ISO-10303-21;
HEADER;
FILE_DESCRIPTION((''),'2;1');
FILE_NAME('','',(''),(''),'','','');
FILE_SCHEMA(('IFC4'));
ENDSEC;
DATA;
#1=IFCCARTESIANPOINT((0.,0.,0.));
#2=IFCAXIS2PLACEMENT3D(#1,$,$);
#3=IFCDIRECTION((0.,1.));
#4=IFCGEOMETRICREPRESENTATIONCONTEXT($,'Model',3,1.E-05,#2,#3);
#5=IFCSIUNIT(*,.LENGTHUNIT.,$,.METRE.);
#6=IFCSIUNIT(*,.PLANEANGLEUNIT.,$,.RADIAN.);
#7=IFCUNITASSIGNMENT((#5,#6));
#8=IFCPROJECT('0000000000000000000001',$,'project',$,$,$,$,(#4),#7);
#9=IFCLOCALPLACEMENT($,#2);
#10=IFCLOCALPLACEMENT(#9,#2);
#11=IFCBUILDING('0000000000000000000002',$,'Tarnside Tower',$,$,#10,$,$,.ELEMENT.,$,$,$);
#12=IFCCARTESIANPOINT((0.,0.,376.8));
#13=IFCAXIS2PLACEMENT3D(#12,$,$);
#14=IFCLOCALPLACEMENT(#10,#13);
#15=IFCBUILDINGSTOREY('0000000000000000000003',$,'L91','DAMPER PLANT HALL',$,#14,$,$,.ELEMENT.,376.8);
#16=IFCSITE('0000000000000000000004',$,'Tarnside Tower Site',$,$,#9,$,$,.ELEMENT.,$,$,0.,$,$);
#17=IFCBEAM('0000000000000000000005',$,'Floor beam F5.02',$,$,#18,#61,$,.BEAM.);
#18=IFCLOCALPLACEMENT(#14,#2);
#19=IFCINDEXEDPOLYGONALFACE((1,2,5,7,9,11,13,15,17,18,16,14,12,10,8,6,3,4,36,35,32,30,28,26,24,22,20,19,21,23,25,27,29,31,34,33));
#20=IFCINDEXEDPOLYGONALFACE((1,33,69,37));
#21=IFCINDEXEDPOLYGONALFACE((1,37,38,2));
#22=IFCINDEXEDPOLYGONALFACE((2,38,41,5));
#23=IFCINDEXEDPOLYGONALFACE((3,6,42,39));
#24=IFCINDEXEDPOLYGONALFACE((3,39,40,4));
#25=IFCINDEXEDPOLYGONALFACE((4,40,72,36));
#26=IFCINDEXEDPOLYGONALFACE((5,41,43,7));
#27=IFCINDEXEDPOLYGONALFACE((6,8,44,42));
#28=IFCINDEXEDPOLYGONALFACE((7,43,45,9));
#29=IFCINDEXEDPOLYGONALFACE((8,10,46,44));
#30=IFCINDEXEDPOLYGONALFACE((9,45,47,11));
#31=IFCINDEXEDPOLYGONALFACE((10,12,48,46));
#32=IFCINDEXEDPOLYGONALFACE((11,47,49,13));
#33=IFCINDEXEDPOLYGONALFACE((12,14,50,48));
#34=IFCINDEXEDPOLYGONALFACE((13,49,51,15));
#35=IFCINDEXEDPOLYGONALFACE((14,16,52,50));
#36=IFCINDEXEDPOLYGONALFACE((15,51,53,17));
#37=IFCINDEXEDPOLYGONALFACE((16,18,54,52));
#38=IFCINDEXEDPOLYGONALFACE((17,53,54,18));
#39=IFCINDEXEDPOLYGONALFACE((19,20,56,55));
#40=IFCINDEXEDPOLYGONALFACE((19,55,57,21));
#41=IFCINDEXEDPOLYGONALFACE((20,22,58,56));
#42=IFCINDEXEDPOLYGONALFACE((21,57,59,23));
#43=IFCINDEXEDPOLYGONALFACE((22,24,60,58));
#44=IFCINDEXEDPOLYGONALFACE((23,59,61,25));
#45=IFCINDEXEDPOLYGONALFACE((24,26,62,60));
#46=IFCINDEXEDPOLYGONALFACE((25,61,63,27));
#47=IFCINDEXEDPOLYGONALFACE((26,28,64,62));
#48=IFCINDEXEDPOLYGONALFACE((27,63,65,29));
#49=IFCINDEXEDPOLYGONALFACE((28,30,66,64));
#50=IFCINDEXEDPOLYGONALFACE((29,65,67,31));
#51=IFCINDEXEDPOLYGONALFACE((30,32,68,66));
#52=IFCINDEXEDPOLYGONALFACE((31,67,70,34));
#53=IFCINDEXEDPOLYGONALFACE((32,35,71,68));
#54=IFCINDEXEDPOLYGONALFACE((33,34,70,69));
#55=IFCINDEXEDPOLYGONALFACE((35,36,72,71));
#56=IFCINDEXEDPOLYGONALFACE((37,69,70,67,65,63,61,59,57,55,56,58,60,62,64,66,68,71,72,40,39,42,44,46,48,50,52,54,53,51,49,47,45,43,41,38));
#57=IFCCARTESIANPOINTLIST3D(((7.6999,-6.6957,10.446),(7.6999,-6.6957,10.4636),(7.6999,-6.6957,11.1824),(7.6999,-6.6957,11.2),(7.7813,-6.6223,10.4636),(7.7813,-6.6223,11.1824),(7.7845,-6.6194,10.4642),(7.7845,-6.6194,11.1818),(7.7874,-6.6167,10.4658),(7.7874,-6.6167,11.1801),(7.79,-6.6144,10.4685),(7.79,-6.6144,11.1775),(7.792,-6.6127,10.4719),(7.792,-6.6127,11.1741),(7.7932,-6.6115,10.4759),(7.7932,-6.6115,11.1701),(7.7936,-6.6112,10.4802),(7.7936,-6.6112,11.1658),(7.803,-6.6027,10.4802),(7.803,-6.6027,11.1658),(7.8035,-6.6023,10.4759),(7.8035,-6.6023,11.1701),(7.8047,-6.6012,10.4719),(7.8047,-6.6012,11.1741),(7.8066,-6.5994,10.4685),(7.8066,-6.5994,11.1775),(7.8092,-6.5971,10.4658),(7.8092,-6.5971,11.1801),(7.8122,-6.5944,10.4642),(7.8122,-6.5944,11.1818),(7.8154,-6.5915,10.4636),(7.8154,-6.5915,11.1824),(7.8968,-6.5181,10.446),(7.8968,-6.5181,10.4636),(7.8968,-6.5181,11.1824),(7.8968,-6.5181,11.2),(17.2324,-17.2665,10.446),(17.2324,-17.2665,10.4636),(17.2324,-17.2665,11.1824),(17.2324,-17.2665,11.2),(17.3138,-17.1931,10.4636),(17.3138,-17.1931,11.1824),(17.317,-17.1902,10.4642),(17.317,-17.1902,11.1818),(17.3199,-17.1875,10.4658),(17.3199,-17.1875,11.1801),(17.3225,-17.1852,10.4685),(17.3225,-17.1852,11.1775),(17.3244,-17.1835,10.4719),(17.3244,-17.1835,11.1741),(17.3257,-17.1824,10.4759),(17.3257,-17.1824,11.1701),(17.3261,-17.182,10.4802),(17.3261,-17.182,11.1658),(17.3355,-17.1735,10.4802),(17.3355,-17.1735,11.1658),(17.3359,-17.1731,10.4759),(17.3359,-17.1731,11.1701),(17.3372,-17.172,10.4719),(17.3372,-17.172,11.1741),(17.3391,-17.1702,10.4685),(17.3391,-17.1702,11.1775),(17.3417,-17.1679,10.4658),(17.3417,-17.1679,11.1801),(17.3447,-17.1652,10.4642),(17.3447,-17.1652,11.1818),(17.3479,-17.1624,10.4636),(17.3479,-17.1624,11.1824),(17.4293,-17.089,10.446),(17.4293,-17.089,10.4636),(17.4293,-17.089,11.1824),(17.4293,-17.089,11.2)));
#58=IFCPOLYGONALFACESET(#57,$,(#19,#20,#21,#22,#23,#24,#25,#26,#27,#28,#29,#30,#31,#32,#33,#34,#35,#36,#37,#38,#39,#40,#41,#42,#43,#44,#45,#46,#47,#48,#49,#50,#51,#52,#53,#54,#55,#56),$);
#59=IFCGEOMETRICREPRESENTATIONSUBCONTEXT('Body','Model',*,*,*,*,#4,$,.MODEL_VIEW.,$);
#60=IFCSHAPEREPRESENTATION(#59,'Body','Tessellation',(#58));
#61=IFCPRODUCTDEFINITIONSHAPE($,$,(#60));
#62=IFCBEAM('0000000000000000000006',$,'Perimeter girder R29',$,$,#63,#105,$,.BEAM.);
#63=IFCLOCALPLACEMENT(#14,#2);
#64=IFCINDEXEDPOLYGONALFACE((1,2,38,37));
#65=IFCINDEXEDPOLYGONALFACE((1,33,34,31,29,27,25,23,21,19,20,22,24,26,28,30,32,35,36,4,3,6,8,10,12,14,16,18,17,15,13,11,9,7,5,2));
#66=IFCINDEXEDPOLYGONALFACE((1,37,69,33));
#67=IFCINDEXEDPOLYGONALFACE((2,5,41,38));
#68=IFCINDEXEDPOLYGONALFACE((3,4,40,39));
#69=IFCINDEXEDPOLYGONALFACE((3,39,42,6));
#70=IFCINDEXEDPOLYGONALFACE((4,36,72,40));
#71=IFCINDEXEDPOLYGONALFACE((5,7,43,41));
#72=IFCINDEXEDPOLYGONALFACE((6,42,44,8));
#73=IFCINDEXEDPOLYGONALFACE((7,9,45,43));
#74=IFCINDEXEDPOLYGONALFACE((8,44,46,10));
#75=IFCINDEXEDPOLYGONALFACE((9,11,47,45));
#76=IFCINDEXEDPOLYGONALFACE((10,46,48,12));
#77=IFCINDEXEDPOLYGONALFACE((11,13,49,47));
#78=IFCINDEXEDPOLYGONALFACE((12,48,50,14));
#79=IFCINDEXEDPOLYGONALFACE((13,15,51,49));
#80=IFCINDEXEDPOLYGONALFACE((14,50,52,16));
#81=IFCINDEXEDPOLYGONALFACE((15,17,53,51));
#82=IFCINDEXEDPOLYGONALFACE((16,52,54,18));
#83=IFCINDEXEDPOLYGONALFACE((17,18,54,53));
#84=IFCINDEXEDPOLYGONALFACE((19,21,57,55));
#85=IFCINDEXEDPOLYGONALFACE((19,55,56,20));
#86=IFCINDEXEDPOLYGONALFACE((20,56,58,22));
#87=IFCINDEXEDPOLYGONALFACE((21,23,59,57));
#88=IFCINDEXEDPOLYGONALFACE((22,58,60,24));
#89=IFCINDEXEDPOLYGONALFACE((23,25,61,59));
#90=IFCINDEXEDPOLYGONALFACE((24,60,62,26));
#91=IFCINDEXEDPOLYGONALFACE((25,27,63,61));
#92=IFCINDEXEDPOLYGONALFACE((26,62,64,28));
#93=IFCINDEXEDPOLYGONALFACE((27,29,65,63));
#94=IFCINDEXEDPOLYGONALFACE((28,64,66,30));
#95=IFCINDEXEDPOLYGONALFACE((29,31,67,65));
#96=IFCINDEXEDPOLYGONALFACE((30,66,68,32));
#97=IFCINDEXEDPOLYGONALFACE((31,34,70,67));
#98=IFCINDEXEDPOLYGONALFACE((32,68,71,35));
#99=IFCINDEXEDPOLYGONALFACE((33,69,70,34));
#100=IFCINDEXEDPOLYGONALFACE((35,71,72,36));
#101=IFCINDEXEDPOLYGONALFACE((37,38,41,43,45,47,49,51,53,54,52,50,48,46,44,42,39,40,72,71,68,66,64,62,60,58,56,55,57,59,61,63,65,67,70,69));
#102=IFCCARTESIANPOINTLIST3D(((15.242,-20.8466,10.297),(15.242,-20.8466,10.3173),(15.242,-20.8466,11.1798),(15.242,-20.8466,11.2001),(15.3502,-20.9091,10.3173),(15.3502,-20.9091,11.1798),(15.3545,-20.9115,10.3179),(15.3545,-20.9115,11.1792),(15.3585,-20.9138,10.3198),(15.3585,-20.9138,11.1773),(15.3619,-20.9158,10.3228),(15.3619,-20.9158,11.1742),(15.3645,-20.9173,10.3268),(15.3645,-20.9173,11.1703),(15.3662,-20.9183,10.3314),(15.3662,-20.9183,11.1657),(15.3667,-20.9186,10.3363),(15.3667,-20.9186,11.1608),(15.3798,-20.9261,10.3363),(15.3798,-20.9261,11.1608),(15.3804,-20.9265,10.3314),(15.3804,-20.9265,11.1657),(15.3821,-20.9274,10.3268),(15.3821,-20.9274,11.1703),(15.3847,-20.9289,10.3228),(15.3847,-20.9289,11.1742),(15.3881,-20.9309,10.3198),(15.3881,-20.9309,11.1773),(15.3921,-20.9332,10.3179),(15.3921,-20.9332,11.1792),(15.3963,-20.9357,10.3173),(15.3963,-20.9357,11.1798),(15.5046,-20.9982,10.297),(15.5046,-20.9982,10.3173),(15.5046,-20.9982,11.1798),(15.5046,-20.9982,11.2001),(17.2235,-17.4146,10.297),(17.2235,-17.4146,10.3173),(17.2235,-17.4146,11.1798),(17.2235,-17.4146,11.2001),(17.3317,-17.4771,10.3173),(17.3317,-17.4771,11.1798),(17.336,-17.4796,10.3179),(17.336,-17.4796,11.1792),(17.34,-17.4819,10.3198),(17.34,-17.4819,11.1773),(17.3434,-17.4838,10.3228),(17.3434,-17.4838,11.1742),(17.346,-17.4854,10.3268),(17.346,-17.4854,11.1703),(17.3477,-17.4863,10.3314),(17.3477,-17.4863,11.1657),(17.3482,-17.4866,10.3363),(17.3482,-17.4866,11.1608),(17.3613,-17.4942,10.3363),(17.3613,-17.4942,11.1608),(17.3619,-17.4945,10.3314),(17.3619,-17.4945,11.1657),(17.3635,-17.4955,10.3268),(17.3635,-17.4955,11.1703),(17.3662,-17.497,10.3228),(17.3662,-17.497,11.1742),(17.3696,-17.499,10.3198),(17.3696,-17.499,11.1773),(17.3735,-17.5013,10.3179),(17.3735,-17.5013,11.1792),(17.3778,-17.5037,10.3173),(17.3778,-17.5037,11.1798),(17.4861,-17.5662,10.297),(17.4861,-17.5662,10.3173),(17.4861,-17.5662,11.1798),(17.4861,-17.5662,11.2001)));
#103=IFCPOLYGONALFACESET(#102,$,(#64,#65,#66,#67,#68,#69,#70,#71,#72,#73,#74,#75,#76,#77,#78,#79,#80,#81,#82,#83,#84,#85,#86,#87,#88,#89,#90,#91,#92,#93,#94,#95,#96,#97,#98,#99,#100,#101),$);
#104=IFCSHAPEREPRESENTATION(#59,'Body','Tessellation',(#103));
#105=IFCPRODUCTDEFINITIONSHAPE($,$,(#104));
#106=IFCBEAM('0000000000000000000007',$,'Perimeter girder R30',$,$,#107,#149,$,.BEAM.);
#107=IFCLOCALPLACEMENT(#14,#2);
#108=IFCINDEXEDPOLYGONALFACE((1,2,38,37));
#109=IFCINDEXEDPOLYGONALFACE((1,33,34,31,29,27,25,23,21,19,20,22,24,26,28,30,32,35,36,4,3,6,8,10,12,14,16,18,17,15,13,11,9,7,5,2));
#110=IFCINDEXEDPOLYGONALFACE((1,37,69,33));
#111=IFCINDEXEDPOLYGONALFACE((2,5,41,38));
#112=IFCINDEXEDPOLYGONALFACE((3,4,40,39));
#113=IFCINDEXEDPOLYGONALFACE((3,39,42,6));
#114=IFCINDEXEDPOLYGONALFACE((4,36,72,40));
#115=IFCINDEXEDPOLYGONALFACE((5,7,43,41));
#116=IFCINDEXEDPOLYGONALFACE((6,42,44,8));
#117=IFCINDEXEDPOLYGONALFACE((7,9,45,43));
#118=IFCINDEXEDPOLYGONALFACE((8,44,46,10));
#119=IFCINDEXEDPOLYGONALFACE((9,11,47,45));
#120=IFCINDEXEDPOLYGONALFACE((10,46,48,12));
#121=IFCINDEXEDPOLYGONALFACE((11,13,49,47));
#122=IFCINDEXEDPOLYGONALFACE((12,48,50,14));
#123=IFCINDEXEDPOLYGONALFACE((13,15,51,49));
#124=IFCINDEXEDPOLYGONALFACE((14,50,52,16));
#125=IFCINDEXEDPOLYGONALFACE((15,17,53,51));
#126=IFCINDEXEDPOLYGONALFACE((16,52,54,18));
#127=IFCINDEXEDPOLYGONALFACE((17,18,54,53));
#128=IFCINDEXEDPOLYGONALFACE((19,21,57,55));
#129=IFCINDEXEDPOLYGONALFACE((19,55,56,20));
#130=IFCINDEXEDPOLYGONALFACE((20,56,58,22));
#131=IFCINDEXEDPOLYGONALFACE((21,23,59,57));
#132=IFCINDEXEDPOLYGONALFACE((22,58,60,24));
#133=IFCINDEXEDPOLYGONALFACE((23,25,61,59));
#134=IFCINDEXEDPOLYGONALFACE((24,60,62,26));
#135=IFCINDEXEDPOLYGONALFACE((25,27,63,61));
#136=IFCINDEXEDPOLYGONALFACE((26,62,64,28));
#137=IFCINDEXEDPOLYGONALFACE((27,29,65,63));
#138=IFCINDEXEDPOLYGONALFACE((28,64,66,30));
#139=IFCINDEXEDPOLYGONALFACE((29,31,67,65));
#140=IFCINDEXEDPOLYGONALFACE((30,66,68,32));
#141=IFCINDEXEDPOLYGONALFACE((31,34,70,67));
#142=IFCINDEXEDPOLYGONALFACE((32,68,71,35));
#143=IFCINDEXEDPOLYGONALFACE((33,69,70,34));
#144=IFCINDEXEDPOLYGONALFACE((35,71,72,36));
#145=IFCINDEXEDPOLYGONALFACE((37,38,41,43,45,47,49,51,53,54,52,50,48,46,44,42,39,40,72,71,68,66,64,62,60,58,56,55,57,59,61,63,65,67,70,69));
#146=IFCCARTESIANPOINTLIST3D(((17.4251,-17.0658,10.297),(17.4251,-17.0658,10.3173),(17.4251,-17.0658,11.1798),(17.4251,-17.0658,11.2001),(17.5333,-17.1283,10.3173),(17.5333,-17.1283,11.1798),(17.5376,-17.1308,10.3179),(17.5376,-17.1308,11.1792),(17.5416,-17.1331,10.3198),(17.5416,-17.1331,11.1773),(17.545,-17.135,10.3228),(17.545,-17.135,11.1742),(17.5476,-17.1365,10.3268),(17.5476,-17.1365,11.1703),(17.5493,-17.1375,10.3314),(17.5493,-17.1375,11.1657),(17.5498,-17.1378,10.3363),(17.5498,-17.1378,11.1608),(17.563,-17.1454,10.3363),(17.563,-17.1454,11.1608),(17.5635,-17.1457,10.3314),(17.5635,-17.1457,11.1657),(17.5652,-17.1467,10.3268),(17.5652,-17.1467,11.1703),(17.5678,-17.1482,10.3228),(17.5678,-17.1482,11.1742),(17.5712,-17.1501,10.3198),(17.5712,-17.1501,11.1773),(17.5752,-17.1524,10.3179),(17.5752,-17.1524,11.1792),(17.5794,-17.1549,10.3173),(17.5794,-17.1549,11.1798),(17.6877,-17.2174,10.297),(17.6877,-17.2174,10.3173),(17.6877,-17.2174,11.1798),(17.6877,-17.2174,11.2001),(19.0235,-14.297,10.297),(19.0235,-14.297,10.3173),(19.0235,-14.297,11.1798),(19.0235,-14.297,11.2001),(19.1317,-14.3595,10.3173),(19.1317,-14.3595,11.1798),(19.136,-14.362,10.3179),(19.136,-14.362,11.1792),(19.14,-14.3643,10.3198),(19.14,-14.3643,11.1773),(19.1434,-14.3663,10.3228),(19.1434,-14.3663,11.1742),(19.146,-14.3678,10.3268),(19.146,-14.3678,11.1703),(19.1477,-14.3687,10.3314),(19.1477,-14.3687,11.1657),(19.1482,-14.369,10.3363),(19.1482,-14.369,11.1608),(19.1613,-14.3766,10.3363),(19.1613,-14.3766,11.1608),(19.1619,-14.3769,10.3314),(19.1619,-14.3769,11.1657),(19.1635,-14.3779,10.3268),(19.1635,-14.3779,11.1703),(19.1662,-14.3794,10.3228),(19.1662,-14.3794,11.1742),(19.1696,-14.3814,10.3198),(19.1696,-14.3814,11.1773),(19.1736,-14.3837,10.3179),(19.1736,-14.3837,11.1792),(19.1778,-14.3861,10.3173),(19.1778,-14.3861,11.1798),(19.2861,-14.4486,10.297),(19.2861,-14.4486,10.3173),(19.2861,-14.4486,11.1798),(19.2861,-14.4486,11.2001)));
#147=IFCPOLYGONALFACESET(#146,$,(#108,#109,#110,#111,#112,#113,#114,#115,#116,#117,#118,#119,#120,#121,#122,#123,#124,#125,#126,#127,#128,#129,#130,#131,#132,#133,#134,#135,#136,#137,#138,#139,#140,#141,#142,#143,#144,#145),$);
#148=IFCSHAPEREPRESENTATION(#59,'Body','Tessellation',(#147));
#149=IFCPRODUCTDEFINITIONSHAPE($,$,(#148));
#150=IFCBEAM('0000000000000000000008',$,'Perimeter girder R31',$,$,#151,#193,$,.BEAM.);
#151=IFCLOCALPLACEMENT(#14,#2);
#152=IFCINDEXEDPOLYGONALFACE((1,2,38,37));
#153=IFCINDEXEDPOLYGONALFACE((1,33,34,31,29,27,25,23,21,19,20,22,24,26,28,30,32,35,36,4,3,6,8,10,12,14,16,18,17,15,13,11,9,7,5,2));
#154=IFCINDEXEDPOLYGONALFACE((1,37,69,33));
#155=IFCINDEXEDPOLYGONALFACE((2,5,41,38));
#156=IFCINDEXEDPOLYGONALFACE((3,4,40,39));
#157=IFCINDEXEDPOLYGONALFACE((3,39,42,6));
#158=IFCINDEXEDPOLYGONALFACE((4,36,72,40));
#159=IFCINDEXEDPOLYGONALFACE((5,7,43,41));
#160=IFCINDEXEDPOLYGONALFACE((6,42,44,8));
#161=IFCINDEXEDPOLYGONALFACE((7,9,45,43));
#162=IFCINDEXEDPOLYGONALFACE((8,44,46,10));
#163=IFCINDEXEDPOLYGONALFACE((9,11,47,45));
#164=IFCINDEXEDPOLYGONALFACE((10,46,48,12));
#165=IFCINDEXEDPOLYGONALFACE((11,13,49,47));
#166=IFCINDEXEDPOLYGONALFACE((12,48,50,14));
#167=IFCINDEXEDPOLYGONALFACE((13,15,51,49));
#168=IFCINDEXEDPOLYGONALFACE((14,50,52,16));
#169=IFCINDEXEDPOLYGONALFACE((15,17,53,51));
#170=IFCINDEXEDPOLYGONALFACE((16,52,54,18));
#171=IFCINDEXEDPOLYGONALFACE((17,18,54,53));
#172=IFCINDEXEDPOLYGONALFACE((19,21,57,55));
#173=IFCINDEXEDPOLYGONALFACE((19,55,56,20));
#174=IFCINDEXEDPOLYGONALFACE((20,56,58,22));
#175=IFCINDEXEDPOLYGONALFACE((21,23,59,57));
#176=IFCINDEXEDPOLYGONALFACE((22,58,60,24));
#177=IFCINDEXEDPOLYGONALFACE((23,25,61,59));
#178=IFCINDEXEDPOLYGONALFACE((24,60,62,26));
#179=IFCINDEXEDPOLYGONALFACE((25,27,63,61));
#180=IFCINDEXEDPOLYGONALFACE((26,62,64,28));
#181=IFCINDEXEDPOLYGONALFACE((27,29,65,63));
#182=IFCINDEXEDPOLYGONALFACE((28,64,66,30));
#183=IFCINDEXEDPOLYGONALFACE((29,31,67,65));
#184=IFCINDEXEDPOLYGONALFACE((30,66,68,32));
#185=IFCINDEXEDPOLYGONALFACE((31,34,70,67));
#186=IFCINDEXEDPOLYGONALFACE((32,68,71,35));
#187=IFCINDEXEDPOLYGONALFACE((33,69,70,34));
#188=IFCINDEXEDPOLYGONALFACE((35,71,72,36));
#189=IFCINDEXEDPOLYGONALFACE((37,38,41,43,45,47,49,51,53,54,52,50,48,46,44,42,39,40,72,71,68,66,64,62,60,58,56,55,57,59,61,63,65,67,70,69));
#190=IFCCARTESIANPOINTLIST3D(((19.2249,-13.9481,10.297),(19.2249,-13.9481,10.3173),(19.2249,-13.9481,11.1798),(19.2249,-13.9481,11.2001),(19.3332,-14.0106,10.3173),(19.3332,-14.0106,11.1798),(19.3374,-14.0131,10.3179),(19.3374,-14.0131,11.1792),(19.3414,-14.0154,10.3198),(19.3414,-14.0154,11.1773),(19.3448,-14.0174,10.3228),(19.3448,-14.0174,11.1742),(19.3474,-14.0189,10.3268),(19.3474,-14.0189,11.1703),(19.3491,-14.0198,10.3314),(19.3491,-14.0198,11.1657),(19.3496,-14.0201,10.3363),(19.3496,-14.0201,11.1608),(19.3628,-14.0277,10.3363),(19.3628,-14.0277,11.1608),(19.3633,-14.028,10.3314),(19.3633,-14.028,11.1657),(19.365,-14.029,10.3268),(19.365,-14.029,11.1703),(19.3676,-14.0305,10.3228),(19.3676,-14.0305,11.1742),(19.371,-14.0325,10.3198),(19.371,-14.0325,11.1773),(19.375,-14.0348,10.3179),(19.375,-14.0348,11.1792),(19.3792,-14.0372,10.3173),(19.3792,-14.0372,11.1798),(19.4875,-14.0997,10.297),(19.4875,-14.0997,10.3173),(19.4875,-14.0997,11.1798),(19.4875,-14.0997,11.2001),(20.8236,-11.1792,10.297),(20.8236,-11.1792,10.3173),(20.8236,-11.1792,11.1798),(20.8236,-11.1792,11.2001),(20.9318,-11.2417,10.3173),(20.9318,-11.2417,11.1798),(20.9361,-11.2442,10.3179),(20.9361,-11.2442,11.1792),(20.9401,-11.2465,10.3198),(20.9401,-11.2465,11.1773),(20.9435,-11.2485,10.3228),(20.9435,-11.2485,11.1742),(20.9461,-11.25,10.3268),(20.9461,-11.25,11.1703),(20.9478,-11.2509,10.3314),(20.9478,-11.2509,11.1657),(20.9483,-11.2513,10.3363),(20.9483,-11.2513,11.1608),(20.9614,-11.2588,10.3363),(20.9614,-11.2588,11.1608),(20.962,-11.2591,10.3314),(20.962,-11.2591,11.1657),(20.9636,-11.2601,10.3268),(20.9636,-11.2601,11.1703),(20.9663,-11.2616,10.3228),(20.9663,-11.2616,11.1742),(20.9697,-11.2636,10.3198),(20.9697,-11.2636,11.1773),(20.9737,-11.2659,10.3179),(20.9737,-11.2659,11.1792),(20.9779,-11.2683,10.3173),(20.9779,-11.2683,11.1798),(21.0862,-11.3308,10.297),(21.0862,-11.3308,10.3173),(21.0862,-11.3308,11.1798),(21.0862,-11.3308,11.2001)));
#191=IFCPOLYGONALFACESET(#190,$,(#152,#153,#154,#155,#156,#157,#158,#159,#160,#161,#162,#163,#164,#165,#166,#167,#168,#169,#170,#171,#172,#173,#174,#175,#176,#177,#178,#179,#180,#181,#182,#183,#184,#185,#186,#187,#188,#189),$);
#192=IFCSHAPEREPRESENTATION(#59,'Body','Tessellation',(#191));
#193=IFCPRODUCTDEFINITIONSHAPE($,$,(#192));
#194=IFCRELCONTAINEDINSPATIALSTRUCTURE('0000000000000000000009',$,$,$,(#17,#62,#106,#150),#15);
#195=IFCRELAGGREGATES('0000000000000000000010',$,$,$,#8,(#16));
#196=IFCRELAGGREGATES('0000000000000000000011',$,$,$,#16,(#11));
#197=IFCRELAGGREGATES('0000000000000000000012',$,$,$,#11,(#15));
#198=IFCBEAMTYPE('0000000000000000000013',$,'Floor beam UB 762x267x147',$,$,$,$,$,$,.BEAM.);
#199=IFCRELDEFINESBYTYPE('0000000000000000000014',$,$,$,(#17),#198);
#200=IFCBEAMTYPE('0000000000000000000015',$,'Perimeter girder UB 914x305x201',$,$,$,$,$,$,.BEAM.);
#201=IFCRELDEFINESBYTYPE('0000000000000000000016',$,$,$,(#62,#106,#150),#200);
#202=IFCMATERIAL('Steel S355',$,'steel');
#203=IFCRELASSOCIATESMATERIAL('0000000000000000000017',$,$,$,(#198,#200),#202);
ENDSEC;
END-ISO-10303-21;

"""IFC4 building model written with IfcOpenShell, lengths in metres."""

from ifc_helpers import new_model, si_unit, direction, frame, origin, origin_2d, place, context, subcontext, project, spatial, i_section, extrude, material, material_profile, profile_set, type_object, element, save


model = new_model("IFC4")

# Units and contexts
model_context = context("Model", 3, precision=1e-05, world=origin(), true_north=direction((0.0, 1.0)))
body_context = subcontext(model_context, "Body", "Model", "MODEL_VIEW")
ifc_project = project(units=[si_unit("LENGTHUNIT", "METRE"), si_unit("PLANEANGLEUNIT", "RADIAN")], contexts=[model_context])

# Site, building, storey
site_placement = place(None, origin())
site = spatial("IfcSite", under=ifc_project, at=site_placement, Name="Tarnside Tower Site", CompositionType="ELEMENT", RefElevation=0.0)
building_placement = place(site_placement, origin())
building = spatial("IfcBuilding", under=site, at=building_placement, Name="Tarnside Tower", CompositionType="ELEMENT")
storey_placement = place(building_placement, frame((0.0, 0.0, 376.8)))
storey = spatial("IfcBuildingStorey", under=building, at=storey_placement, Name="L91", Description="DAMPER PLANT HALL", CompositionType="ELEMENT", Elevation=376.8)

# Shared definitions
ifc_material_1 = material(Name="Steel S355", Category="steel")

# Beams
ifc_material_profile_1 = material_profile(ifc_material_1, i_section(OverallWidth=0.2651, OverallDepth=0.7539, WebThickness=0.0127, FlangeThickness=0.0176, FilletRadius=0.0166, at=origin_2d()), Name="UB 762x267x147")
ifc_profile_set_1 = profile_set([ifc_material_profile_1], Name="Steel S355")
beam_type_1 = type_object("IfcBeamType", Name="Floor beam UB 762x267x147", PredefinedType="BEAM", material=ifc_profile_set_1)
beam_1_placement = place(storey_placement, frame((17.3308, -17.1777, 10.823), z_axis=(-0.669692, 0.742639, 0.0), x_axis=(-0.742639, -0.669692, 0.0)))
element("IfcBeam", 1, at=beam_1_placement, inside=storey, type_object=beam_type_1, Name="Floor beam F5.02", PredefinedType="BEAM", context=body_context, shape_type="SweptSolid", body=[
    extrude(i_section(OverallWidth=0.2651, OverallDepth=0.7539, WebThickness=0.0127, FlangeThickness=0.0176, FilletRadius=0.0166, at=origin_2d()), origin(), (0.0, 0.0, 1.0), 14.2341),
])
ifc_material_profile_2 = material_profile(ifc_material_1, i_section(OverallWidth=0.3032, OverallDepth=0.9031, WebThickness=0.0151, FlangeThickness=0.0203, FilletRadius=0.019, at=origin_2d()), Name="UB 914x305x201")
ifc_profile_set_2 = profile_set([ifc_material_profile_2], Name="Steel S355")
beam_type_2 = type_object("IfcBeamType", Name="Perimeter girder UB 914x305x201", PredefinedType="BEAM", material=ifc_profile_set_2)
beam_2_placement = place(storey_placement, frame((15.3733, -20.9224, 10.7485), z_axis=(0.500009, 0.86602, 0.0), x_axis=(-0.86602, 0.500009, 0.0)))
element("IfcBeam", 2, at=beam_2_placement, inside=storey, type_object=beam_type_2, Name="Perimeter girder R29", PredefinedType="BEAM", context=body_context, shape_type="SweptSolid", body=[
    extrude(i_section(OverallWidth=0.3032, OverallDepth=0.9031, WebThickness=0.0151, FlangeThickness=0.0203, FilletRadius=0.019, at=origin_2d()), origin(), (0.0, 0.0, 1.0), 3.9629),
])
beam_3_placement = place(storey_placement, frame((17.5564, -17.1416, 10.7485), z_axis=(0.499958, 0.86605, 0.0), x_axis=(-0.86605, 0.499958, 0.0)))
element("IfcBeam", 3, at=beam_3_placement, inside=storey, type_object=beam_type_2, Name="Perimeter girder R30", PredefinedType="BEAM", context=body_context, shape_type="SweptSolid", body=[
    extrude(i_section(OverallWidth=0.3032, OverallDepth=0.9031, WebThickness=0.0151, FlangeThickness=0.0203, FilletRadius=0.019, at=origin_2d()), origin(), (0.0, 0.0, 1.0), 3.197),
])
beam_4_placement = place(storey_placement, frame((19.3562, -14.0239, 10.7485), z_axis=(0.500015, 0.866016, 0.0), x_axis=(-0.866016, 0.500015, 0.0)))
element("IfcBeam", 4, at=beam_4_placement, inside=storey, type_object=beam_type_2, Name="Perimeter girder R31", PredefinedType="BEAM", context=body_context, shape_type="SweptSolid", body=[
    extrude(i_section(OverallWidth=0.3032, OverallDepth=0.9031, WebThickness=0.0151, FlangeThickness=0.0203, FilletRadius=0.019, at=origin_2d()), origin(), (0.0, 0.0, 1.0), 3.1973),
])

save(model, "model.ifc")
